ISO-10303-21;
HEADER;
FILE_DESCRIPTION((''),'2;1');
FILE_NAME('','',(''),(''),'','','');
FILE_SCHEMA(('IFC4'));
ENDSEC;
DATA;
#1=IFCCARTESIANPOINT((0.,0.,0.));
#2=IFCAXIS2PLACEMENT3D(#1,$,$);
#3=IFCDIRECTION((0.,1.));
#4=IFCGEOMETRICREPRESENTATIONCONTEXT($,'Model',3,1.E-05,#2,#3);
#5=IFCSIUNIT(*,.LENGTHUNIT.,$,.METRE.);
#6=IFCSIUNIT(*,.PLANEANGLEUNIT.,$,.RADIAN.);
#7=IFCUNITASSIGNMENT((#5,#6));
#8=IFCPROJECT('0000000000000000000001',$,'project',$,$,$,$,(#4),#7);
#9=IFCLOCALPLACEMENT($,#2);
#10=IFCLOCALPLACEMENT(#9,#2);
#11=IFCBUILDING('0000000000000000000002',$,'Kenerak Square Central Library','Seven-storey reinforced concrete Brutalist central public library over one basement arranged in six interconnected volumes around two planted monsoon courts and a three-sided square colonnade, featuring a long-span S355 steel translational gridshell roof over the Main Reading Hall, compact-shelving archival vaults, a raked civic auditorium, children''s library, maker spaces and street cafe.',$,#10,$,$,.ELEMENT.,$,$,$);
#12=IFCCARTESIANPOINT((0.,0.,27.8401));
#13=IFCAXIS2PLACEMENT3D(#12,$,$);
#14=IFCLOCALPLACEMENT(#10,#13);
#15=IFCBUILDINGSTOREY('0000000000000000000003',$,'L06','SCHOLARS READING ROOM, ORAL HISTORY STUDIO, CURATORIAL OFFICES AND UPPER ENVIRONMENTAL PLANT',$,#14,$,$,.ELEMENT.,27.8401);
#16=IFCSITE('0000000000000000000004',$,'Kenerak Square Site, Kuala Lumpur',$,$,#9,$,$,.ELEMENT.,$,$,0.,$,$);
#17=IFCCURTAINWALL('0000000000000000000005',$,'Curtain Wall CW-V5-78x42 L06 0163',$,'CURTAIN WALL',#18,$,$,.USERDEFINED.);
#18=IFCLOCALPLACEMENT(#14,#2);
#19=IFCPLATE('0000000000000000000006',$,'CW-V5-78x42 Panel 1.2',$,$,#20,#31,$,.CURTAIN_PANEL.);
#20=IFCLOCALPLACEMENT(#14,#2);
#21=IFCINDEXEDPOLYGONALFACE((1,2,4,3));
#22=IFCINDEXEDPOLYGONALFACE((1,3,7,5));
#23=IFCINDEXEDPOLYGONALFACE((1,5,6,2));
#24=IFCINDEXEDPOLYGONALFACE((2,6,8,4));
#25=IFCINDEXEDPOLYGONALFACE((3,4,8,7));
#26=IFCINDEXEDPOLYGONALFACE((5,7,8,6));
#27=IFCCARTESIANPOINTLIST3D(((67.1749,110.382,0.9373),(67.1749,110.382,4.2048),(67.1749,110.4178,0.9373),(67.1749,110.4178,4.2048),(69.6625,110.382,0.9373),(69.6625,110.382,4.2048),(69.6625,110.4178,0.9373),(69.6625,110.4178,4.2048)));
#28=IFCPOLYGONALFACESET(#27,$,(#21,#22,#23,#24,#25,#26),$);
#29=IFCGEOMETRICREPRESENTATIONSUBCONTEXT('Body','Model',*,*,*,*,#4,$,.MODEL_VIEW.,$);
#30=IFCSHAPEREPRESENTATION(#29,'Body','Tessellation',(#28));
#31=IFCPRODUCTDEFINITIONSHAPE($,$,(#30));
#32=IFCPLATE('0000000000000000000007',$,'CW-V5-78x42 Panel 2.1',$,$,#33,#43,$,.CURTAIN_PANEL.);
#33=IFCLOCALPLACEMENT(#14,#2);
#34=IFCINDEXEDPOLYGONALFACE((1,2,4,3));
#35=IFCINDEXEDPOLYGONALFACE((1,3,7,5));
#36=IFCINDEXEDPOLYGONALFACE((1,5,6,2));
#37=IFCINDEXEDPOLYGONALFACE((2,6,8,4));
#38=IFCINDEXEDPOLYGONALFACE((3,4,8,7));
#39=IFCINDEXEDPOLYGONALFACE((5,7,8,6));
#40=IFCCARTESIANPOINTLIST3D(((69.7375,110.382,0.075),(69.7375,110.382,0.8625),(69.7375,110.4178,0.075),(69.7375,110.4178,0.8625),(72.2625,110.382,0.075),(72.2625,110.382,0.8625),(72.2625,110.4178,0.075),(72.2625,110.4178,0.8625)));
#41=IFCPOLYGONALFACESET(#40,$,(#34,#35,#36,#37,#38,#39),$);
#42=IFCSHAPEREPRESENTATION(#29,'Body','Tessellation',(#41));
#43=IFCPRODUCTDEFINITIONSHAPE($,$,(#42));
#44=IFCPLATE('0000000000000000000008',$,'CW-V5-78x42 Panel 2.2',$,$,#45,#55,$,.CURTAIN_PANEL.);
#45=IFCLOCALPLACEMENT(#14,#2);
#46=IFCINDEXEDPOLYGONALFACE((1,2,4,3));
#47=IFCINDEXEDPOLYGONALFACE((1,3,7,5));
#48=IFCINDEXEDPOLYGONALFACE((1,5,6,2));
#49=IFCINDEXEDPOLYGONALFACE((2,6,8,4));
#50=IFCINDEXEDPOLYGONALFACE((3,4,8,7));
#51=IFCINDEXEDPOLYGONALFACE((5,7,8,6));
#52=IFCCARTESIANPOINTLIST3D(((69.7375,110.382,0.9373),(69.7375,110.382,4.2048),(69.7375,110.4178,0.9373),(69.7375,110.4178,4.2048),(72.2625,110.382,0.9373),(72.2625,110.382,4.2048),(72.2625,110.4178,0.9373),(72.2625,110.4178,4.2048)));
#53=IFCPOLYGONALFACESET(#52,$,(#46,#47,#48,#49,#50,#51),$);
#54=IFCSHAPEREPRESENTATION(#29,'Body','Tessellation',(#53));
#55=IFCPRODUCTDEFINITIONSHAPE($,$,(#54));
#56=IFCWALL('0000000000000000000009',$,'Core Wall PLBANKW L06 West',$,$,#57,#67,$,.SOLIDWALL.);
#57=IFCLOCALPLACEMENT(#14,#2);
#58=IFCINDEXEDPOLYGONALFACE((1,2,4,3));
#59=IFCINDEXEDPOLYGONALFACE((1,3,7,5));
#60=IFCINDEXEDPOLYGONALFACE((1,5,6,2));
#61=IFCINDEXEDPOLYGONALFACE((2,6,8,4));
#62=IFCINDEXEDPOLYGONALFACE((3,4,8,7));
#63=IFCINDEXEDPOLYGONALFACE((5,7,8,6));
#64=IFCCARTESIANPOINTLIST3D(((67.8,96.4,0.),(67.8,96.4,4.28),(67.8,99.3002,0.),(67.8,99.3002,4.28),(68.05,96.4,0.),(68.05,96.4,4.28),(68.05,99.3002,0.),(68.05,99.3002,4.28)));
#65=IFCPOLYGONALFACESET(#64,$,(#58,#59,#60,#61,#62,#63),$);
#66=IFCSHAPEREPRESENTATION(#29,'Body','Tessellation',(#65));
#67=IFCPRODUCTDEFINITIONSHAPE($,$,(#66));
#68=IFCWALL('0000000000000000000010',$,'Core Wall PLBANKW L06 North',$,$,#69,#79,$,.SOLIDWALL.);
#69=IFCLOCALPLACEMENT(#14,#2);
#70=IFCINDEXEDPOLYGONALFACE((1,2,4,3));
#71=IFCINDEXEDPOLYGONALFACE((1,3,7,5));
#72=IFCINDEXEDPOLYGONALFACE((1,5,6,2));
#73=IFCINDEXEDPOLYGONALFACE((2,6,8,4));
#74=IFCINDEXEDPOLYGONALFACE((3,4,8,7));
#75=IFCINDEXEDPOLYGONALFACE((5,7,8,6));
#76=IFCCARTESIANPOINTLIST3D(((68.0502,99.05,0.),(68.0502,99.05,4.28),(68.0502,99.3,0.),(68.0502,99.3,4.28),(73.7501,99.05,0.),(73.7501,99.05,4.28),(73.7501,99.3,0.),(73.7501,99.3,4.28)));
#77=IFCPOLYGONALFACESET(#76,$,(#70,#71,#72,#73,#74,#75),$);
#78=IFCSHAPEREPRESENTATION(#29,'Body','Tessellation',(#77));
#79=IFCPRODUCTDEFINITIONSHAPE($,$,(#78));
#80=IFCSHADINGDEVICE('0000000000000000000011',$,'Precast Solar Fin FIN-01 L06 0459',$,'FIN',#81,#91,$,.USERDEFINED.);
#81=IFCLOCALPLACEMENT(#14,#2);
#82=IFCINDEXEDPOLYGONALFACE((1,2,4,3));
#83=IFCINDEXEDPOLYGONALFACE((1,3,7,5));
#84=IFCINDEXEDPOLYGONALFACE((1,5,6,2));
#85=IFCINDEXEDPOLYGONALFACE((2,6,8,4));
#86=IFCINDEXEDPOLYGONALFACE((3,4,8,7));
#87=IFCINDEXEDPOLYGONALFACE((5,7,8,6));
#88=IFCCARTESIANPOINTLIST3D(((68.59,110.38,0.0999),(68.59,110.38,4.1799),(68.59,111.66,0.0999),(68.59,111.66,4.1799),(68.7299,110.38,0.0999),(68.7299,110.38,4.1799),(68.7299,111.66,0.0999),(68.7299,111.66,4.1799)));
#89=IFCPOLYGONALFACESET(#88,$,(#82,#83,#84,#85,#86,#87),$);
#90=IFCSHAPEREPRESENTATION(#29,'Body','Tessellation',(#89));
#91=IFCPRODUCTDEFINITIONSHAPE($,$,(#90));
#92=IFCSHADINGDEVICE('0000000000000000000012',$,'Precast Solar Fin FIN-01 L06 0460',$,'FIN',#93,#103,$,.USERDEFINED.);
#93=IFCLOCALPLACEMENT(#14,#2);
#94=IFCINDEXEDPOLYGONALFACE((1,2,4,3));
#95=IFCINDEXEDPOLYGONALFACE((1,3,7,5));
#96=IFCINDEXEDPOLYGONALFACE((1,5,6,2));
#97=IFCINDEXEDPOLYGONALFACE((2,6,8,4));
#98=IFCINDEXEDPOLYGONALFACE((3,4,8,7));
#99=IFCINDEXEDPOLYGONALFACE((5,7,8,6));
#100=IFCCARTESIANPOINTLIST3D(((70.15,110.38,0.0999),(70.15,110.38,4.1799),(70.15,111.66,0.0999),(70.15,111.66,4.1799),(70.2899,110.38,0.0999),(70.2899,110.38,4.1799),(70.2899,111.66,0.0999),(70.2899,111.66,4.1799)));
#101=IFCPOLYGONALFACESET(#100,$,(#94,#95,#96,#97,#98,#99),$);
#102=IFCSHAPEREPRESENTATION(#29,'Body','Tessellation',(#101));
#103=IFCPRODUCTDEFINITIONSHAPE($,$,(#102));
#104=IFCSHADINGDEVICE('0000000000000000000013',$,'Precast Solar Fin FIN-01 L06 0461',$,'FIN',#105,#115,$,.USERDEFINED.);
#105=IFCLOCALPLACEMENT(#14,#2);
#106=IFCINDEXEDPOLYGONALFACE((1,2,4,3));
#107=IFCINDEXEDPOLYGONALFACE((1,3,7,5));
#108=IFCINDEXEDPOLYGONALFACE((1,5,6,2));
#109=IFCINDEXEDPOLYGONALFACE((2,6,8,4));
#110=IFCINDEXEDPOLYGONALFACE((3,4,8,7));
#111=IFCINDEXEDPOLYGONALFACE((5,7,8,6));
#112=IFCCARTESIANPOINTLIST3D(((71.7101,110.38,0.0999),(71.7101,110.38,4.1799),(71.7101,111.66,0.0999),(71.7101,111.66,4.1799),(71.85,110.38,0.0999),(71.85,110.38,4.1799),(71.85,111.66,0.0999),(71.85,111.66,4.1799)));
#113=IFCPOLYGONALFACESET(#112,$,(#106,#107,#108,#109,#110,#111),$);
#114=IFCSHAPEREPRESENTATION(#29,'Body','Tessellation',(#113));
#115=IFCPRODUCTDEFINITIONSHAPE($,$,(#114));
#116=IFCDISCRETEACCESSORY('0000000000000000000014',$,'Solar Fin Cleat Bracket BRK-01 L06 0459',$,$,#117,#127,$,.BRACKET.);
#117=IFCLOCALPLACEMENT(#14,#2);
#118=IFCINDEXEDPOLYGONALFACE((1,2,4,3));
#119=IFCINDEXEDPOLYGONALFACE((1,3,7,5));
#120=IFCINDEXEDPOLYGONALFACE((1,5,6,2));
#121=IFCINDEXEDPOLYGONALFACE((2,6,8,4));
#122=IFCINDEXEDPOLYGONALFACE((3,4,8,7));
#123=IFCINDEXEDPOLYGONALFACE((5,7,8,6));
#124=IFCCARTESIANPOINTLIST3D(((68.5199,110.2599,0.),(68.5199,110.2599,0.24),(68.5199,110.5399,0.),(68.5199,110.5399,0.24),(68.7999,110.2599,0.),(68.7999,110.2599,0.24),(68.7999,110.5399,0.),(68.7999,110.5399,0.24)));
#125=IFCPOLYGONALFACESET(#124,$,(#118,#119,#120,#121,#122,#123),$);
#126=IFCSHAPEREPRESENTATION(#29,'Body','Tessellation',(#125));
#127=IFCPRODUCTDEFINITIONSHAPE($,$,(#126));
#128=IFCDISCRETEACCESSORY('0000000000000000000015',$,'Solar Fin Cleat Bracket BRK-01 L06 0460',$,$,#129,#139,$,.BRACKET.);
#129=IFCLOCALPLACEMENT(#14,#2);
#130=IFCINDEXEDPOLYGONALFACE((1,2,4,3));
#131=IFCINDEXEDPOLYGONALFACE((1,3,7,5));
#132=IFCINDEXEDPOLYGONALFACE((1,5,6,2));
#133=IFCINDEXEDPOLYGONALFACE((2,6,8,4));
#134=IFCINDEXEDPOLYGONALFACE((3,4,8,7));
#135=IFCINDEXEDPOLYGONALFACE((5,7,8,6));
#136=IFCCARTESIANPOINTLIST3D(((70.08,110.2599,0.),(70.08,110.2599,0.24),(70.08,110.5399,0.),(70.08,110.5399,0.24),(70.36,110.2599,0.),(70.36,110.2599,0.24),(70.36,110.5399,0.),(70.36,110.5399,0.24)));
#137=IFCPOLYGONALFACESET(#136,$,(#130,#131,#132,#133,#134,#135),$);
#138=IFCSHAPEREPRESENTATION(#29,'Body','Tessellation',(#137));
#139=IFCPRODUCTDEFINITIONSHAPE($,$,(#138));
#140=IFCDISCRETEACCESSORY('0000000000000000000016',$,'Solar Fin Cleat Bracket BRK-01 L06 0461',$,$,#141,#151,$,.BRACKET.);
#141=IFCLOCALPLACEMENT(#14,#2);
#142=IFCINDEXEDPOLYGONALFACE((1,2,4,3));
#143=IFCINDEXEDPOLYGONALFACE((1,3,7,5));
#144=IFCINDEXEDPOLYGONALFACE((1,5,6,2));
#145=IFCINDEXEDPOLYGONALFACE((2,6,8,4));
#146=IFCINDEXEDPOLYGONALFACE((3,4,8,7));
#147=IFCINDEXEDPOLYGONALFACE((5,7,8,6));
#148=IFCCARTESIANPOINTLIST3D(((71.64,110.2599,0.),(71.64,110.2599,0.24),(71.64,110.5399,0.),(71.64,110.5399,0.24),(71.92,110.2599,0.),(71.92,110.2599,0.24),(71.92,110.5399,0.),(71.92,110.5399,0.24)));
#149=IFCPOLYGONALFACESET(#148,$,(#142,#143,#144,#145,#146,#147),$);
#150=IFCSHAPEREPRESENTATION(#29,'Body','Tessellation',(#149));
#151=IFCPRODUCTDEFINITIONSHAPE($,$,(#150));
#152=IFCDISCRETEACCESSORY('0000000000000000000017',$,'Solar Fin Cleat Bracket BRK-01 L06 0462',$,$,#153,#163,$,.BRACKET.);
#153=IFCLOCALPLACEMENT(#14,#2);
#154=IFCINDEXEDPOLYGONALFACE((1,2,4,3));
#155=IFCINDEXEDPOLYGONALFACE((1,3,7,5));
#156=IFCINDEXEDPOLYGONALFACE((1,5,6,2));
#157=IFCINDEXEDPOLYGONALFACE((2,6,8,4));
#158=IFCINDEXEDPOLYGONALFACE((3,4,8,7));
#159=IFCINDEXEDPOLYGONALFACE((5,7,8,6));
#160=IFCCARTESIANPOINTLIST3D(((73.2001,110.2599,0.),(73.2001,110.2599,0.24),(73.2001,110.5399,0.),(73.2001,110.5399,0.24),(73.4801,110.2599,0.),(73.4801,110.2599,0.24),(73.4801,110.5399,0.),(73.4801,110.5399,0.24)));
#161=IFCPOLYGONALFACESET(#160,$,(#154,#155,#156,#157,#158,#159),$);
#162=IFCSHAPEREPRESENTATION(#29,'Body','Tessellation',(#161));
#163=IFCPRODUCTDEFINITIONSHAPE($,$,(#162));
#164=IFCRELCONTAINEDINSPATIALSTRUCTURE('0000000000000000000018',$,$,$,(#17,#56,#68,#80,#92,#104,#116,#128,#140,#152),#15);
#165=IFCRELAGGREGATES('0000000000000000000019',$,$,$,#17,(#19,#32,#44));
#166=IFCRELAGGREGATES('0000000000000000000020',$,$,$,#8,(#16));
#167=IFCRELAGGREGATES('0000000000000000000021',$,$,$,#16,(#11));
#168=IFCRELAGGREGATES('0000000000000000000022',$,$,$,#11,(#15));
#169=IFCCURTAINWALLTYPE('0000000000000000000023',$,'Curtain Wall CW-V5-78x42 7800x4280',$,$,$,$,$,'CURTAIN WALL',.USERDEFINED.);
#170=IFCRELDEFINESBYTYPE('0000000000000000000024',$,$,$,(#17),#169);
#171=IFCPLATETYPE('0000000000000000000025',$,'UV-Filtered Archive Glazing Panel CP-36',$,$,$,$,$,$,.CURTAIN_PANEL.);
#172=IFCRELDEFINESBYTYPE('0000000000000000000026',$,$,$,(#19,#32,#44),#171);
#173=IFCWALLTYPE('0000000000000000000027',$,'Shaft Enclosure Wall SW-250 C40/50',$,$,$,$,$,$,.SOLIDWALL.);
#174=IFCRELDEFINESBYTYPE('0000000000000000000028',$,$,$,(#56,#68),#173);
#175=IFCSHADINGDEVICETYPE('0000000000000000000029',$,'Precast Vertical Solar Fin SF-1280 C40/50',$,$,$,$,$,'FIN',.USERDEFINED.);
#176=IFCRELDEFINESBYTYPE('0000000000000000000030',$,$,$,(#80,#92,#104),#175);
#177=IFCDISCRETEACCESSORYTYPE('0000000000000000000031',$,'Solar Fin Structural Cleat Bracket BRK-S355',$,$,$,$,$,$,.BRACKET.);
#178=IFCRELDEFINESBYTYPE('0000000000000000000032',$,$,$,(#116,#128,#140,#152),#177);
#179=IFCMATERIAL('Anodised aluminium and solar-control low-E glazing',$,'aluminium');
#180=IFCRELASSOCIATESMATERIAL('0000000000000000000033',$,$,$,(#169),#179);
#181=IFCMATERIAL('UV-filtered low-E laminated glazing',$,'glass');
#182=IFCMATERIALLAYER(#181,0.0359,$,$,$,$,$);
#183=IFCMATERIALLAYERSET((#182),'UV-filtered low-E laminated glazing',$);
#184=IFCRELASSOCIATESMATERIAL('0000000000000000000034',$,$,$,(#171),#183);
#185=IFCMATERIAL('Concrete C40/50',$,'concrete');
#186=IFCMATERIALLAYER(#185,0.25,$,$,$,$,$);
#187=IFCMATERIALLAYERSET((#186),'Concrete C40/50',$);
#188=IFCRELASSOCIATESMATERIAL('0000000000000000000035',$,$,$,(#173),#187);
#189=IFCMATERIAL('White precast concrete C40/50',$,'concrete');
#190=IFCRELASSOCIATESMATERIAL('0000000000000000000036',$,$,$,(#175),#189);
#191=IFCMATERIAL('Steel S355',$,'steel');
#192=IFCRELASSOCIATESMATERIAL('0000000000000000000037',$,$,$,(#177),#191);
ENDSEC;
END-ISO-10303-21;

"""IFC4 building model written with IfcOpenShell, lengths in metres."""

from ifc_helpers import new_model, si_unit, direction, frame, frame_2d, origin, origin_2d, place, context, subcontext, project, spatial, rectangle, extrude, material, layer, layer_set, type_object, element, aggregate, save


model = new_model("IFC4")

# Units and contexts
model_context = context("Model", 3, precision=1e-05, world=origin(), true_north=direction((0.0, 1.0)))
body_context = subcontext(model_context, "Body", "Model", "MODEL_VIEW")
ifc_project = project(units=[si_unit("LENGTHUNIT", "METRE"), si_unit("PLANEANGLEUNIT", "RADIAN")], contexts=[model_context])

# Site, building, storey
site_placement = place(None, origin())
site = spatial("IfcSite", under=ifc_project, at=site_placement, Name="Kenerak Square Site, Kuala Lumpur", CompositionType="ELEMENT", RefElevation=0.0)
building_placement = place(site_placement, origin())
building = spatial("IfcBuilding", under=site, at=building_placement, Name="Kenerak Square Central Library", Description="Seven-storey reinforced concrete Brutalist central public library over one basement arranged in six interconnected volumes around two planted monsoon courts and a three-sided square colonnade, featuring a long-span S355 steel translational gridshell roof over the Main Reading Hall, compact-shelving archival vaults, a raked civic auditorium, children's library, maker spaces and street cafe.", CompositionType="ELEMENT")
storey_placement = place(building_placement, frame((0.0, 0.0, 27.8401)))
storey = spatial("IfcBuildingStorey", under=building, at=storey_placement, Name="L06", Description="SCHOLARS READING ROOM, ORAL HISTORY STUDIO, CURATORIAL OFFICES AND UPPER ENVIRONMENTAL PLANT", CompositionType="ELEMENT", Elevation=27.8401)

# Curtain wall, plates
ifc_material_1 = material(Name="Anodised aluminium and solar-control low-E glazing", Category="aluminium")
curtain_wall_type = type_object("IfcCurtainWallType", Name="Curtain Wall CW-V5-78x42 7800x4280", ElementType="CURTAIN WALL", PredefinedType="USERDEFINED", material=ifc_material_1)
curtain_wall_placement = place(storey_placement, origin())
curtain_wall = element("IfcCurtainWall", 1, at=curtain_wall_placement, inside=storey, type_object=curtain_wall_type, Name="Curtain Wall CW-V5-78x42 L06 0163", ObjectType="CURTAIN WALL", PredefinedType="USERDEFINED")
ifc_material_2 = material(Name="UV-filtered low-E laminated glazing", Category="glass")
ifc_layer_1 = layer(ifc_material_2, 0.0359)
ifc_layer_set_1 = layer_set([ifc_layer_1], Name="UV-filtered low-E laminated glazing")
plate_type = type_object("IfcPlateType", Name="UV-Filtered Archive Glazing Panel CP-36", PredefinedType="CURTAIN_PANEL", material=ifc_layer_set_1)
plate_1_placement = place(storey_placement, frame((68.4187, 110.3999, 0.9373), z_axis=(0.0, 0.0, 1.0), x_axis=(1.0, 0.0, 0.0)))
plate_1 = element("IfcPlate", 2, at=plate_1_placement, type_object=plate_type, Name="CW-V5-78x42 Panel 1.2", PredefinedType="CURTAIN_PANEL", context=body_context, shape_type="SweptSolid", body=[
    extrude(rectangle(XDim=2.4875, YDim=0.0359, at=origin_2d()), origin(), (0.0, 0.0, 1.0), 3.2676),
])
plate_2_placement = place(storey_placement, frame((71.0, 110.3999, 0.075), z_axis=(0.0, 0.0, 1.0), x_axis=(1.0, 0.0, 0.0)))
plate_2 = element("IfcPlate", 3, at=plate_2_placement, type_object=plate_type, Name="CW-V5-78x42 Panel 2.1", PredefinedType="CURTAIN_PANEL", context=body_context, shape_type="SweptSolid", body=[
    extrude(rectangle(XDim=2.5249, YDim=0.0359, at=origin_2d()), origin(), (0.0, 0.0, 1.0), 0.7876),
])
plate_3_placement = place(storey_placement, frame((71.0, 110.3999, 0.9373), z_axis=(0.0, 0.0, 1.0), x_axis=(1.0, 0.0, 0.0)))
plate_3 = element("IfcPlate", 4, at=plate_3_placement, type_object=plate_type, Name="CW-V5-78x42 Panel 2.2", PredefinedType="CURTAIN_PANEL", context=body_context, shape_type="SweptSolid", body=[
    extrude(rectangle(XDim=2.5249, YDim=0.0359, at=origin_2d()), origin(), (0.0, 0.0, 1.0), 3.2676),
])
aggregate(curtain_wall, [plate_1, plate_2, plate_3])

# Walls
ifc_material_3 = material(Name="Concrete C40/50", Category="concrete")
ifc_layer_2 = layer(ifc_material_3, 0.25)
ifc_layer_set_2 = layer_set([ifc_layer_2], Name="Concrete C40/50")
wall_type = type_object("IfcWallType", Name="Shaft Enclosure Wall SW-250 C40/50", PredefinedType="SOLIDWALL", material=ifc_layer_set_2)
wall_1_placement = place(storey_placement, frame((67.925, 96.3999, 0.0), z_axis=(0.0, 0.0, 1.0), x_axis=(0.0, 1.0, 0.0)))
element("IfcWall", 5, at=wall_1_placement, inside=storey, type_object=wall_type, Name="Core Wall PLBANKW L06 West", PredefinedType="SOLIDWALL", context=body_context, shape_type="SweptSolid", body=[
    extrude(rectangle(XDim=2.9001, YDim=0.25, at=frame_2d((1.4502, 0.0))), origin(), (0.0, 0.0, 1.0), 4.28),
])
wall_2_placement = place(storey_placement, frame((68.05, 99.175, 0.0), z_axis=(0.0, 0.0, 1.0), x_axis=(1.0, 0.0, 0.0)))
element("IfcWall", 6, at=wall_2_placement, inside=storey, type_object=wall_type, Name="Core Wall PLBANKW L06 North", PredefinedType="SOLIDWALL", context=body_context, shape_type="SweptSolid", body=[
    extrude(rectangle(XDim=5.7, YDim=0.25, at=frame_2d((2.8501, 0.0))), origin(), (0.0, 0.0, 1.0), 4.28),
])

# Shading devices
ifc_material_4 = material(Name="White precast concrete C40/50", Category="concrete")
shading_device_type = type_object("IfcShadingDeviceType", Name="Precast Vertical Solar Fin SF-1280 C40/50", ElementType="FIN", PredefinedType="USERDEFINED", material=ifc_material_4)
for number, where, z_axis, x_axis, name in (
    (7, (68.6599, 111.02, 0.0999), (0.0, 0.0, 1.0), (1.0, 0.0, 0.0), "Precast Solar Fin FIN-01 L06 0459"),
    (8, (70.22, 111.02, 0.0999), (0.0, 0.0, 1.0), (1.0, 0.0, 0.0), "Precast Solar Fin FIN-01 L06 0460"),
    (9, (71.78, 111.02, 0.0999), (0.0, 0.0, 1.0), (1.0, 0.0, 0.0), "Precast Solar Fin FIN-01 L06 0461"),
):
    element("IfcShadingDevice", number, at=place(storey_placement, frame(where, z_axis=z_axis, x_axis=x_axis)), inside=storey, type_object=shading_device_type, Name=name, ObjectType="FIN", PredefinedType="USERDEFINED", context=body_context, shape_type="SweptSolid", body=[
        extrude(rectangle(XDim=0.1399, YDim=1.28, at=origin_2d()), origin(), (0.0, 0.0, 1.0), 4.0801),
    ])

# Discrete accessories
ifc_material_5 = material(Name="Steel S355", Category="steel")
discrete_accessory_type = type_object("IfcDiscreteAccessoryType", Name="Solar Fin Structural Cleat Bracket BRK-S355", PredefinedType="BRACKET", material=ifc_material_5)
for number, where, z_axis, x_axis, name in (
    (10, (68.6599, 110.3999, 0.0), (0.0, 0.0, 1.0), (1.0, 0.0, 0.0), "Solar Fin Cleat Bracket BRK-01 L06 0459"),
    (11, (70.22, 110.3999, 0.0), (0.0, 0.0, 1.0), (1.0, 0.0, 0.0), "Solar Fin Cleat Bracket BRK-01 L06 0460"),
    (12, (71.78, 110.3999, 0.0), (0.0, 0.0, 1.0), (1.0, 0.0, 0.0), "Solar Fin Cleat Bracket BRK-01 L06 0461"),
    (13, (73.3401, 110.3999, 0.0), (0.0, 0.0, 1.0), (1.0, 0.0, 0.0), "Solar Fin Cleat Bracket BRK-01 L06 0462"),
):
    element("IfcDiscreteAccessory", number, at=place(storey_placement, frame(where, z_axis=z_axis, x_axis=x_axis)), inside=storey, type_object=discrete_accessory_type, Name=name, PredefinedType="BRACKET", context=body_context, shape_type="SweptSolid", body=[
        extrude(rectangle(XDim=0.28, YDim=0.28, at=origin_2d()), origin(), (0.0, 0.0, 1.0), 0.24),
    ])

save(model, "model.ifc")
